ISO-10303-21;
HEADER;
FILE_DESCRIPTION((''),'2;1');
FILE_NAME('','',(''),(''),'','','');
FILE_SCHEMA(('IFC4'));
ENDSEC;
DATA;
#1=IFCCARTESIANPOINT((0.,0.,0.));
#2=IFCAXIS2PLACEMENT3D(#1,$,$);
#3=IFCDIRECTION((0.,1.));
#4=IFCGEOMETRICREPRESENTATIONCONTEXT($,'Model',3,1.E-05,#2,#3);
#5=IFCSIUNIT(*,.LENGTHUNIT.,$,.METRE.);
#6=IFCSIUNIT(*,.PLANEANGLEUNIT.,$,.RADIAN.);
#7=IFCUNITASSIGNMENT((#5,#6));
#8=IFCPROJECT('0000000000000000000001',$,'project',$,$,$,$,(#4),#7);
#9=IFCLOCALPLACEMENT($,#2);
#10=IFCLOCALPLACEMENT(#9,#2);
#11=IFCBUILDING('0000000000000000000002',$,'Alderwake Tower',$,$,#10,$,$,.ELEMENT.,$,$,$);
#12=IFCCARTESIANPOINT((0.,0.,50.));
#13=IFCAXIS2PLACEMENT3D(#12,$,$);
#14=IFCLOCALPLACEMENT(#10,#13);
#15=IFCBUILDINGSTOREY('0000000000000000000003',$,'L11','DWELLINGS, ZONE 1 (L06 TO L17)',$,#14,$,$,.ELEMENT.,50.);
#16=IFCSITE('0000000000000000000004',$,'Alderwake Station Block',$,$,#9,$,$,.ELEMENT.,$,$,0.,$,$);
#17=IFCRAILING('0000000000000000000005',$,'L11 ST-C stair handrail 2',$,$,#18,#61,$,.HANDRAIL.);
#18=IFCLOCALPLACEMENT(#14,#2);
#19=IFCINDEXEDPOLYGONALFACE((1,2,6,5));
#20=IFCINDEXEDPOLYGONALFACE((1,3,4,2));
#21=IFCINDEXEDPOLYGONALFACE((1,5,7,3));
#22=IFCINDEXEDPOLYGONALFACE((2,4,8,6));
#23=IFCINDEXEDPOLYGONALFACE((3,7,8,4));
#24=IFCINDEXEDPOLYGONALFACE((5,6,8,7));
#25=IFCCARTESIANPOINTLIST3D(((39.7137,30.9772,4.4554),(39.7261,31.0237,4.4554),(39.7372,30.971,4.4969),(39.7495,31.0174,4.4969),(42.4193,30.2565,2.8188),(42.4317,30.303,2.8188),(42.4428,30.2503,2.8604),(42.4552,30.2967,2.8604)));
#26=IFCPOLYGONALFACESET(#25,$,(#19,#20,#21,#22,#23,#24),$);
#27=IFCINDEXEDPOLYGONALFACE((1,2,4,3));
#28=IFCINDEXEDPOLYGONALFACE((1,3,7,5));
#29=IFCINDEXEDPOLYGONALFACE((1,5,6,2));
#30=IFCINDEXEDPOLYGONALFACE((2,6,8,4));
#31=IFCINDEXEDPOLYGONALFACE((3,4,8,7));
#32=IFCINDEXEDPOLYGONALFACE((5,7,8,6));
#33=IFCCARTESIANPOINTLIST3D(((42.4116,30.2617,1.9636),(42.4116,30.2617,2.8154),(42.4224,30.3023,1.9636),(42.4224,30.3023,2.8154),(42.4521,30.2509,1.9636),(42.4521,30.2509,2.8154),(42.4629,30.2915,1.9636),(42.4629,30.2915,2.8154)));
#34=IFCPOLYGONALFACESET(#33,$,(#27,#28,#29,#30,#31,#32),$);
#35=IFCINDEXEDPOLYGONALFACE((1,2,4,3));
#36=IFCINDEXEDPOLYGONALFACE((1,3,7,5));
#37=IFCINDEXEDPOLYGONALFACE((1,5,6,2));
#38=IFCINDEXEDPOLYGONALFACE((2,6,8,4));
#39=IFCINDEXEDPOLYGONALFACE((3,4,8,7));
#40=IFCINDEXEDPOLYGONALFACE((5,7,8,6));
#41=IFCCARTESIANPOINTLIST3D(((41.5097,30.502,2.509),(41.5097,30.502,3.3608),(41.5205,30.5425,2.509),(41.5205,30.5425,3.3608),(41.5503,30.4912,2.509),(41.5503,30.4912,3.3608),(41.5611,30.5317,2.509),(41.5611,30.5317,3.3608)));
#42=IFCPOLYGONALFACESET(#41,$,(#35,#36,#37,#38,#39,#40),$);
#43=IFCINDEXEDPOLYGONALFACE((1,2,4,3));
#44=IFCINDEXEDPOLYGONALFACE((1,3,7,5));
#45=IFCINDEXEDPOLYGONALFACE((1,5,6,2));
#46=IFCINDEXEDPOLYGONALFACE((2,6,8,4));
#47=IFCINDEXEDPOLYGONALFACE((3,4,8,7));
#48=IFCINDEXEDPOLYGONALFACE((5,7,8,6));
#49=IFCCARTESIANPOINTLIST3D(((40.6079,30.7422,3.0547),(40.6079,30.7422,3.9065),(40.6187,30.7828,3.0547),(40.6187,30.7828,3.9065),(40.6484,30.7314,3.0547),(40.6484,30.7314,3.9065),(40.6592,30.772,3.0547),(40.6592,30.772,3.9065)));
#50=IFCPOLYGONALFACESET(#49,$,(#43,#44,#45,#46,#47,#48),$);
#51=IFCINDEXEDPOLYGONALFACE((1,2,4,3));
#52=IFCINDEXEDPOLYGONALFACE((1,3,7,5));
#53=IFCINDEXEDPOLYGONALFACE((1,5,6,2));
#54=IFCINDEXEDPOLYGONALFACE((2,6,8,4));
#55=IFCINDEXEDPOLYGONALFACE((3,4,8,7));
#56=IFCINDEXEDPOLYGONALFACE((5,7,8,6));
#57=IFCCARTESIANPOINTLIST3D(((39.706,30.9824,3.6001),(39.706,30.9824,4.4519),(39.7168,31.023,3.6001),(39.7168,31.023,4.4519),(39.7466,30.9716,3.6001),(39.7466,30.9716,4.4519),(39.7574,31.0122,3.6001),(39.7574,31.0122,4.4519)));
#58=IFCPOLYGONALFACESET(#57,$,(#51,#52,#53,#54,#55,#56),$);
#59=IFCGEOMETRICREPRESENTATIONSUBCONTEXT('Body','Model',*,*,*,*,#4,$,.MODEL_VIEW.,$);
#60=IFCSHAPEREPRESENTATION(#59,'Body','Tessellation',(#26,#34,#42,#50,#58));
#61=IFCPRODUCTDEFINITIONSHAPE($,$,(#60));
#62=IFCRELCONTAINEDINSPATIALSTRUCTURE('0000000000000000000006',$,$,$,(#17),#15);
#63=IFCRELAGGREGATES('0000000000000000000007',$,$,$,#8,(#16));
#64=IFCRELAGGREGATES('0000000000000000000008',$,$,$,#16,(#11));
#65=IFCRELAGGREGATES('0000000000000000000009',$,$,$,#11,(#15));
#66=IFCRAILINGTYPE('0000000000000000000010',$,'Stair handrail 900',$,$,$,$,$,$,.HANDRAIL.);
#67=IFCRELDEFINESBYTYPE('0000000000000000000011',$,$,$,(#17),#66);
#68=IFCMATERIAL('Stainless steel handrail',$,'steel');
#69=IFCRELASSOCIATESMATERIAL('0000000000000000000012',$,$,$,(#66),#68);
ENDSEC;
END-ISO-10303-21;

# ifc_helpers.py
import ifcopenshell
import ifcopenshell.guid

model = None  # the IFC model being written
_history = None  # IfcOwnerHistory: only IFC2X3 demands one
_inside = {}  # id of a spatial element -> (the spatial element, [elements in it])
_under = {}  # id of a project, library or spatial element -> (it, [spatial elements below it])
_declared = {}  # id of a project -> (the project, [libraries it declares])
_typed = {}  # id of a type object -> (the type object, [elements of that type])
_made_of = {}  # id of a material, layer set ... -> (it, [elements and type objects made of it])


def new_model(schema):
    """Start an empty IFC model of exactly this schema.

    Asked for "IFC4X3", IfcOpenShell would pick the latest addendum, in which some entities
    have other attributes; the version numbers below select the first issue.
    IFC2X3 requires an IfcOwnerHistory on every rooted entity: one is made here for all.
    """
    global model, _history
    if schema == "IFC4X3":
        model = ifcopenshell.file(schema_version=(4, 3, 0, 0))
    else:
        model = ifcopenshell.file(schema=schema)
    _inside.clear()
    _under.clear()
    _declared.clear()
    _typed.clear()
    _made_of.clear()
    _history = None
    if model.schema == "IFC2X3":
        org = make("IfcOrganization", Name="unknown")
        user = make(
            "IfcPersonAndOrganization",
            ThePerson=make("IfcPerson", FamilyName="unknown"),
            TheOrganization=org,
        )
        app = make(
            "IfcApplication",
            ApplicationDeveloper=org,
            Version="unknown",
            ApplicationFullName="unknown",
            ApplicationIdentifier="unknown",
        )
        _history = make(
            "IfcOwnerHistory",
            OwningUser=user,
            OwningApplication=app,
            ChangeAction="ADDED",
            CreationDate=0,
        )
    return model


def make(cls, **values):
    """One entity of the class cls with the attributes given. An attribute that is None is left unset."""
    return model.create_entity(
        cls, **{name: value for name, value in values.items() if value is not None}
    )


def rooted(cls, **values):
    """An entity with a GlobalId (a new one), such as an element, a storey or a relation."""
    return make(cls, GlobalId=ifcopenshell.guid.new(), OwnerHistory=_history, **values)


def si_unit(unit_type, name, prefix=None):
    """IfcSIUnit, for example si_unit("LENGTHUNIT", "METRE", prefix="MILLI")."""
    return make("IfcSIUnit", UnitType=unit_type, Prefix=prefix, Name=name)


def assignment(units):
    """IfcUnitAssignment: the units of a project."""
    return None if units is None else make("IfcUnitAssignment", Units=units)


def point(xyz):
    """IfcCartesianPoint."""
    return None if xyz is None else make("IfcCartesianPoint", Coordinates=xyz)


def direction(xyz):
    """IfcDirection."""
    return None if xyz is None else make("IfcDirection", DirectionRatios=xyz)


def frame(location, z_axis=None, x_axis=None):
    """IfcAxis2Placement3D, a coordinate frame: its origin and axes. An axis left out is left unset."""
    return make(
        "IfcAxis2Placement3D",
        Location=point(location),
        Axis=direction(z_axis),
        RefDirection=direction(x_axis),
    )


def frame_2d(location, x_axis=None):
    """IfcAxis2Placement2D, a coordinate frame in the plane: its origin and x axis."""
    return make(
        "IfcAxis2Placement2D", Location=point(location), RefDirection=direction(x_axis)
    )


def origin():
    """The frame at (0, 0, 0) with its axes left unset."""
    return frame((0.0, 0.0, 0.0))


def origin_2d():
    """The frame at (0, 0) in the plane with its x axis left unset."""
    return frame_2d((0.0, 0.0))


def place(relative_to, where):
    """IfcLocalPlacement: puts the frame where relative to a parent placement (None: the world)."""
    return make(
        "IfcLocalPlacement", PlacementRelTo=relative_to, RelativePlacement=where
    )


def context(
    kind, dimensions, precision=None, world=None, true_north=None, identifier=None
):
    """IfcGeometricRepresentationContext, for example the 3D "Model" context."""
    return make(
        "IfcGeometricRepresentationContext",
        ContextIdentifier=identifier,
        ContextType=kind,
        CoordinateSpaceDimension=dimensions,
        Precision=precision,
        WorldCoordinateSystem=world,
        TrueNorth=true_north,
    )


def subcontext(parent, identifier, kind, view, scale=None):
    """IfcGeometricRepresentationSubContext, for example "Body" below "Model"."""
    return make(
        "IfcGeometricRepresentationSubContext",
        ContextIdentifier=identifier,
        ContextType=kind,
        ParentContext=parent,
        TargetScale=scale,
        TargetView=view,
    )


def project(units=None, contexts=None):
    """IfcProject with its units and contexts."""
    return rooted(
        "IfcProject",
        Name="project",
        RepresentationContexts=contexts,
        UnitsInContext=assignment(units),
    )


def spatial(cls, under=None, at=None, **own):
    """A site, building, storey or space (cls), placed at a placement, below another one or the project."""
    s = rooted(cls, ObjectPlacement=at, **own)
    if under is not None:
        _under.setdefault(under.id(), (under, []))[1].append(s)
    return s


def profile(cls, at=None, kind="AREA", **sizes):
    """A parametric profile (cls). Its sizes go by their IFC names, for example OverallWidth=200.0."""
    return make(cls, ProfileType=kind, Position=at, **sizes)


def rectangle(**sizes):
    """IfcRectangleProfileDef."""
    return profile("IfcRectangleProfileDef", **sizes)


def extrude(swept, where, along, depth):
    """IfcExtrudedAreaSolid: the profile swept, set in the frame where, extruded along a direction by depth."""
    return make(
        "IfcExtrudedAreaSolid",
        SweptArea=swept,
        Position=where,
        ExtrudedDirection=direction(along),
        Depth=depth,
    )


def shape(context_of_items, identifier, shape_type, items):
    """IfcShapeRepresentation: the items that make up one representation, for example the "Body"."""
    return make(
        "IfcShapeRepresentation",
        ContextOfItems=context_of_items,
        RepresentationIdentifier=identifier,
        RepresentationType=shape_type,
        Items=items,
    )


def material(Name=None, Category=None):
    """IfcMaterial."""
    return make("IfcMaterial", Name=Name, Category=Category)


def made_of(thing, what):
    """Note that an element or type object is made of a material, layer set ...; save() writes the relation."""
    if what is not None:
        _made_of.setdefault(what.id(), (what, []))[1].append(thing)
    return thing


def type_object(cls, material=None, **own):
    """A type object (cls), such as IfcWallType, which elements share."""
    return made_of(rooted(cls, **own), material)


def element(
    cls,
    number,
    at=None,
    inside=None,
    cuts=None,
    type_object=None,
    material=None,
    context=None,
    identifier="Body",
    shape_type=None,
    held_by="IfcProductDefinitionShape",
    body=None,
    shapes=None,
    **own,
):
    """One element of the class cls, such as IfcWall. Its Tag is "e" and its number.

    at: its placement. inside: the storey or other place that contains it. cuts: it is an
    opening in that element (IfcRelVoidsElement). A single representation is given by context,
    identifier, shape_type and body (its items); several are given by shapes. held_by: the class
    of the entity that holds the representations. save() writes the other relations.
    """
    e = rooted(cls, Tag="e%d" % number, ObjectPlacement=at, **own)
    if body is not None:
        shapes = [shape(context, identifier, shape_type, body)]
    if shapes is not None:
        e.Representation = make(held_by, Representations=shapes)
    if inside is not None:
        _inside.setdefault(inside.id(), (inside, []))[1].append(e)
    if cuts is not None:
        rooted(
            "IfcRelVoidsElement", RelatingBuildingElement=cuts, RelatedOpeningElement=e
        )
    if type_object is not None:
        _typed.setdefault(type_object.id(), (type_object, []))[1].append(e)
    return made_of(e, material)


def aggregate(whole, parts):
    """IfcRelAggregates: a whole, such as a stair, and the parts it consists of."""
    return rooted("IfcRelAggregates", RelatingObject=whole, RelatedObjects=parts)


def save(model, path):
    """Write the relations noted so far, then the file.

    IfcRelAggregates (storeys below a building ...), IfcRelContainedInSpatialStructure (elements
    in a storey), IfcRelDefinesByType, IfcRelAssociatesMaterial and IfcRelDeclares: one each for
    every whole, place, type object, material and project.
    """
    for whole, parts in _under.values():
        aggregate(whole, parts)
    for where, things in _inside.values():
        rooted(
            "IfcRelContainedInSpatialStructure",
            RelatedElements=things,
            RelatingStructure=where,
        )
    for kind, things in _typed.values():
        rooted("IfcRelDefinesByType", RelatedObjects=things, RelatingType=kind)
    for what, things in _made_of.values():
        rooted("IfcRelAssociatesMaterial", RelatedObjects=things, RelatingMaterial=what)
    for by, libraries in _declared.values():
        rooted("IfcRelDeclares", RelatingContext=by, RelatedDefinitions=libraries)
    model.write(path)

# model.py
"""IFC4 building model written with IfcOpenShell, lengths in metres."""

from ifc_helpers import new_model, si_unit, direction, frame, origin, origin_2d, place, context, subcontext, project, spatial, rectangle, extrude, material, type_object, element, save


model = new_model("IFC4")

# Units and contexts
model_context = context("Model", 3, precision=1e-05, world=origin(), true_north=direction((0.0, 1.0)))
body_context = subcontext(model_context, "Body", "Model", "MODEL_VIEW")
ifc_project = project(units=[si_unit("LENGTHUNIT", "METRE"), si_unit("PLANEANGLEUNIT", "RADIAN")], contexts=[model_context])

# Site, building, storey
site_placement = place(None, origin())
site = spatial("IfcSite", under=ifc_project, at=site_placement, Name="Alderwake Station Block", CompositionType="ELEMENT", RefElevation=0.0)
building_placement = place(site_placement, origin())
building = spatial("IfcBuilding", under=site, at=building_placement, Name="Alderwake Tower", CompositionType="ELEMENT")
storey_placement = place(building_placement, frame((0.0, 0.0, 50.0)))
storey = spatial("IfcBuildingStorey", under=building, at=storey_placement, Name="L11", Description="DWELLINGS, ZONE 1 (L06 TO L17)", CompositionType="ELEMENT", Elevation=50.0)

# Railing
ifc_material_1 = material(Name="Stainless steel handrail", Category="steel")
railing_type_1 = type_object("IfcRailingType", Name="Stair handrail 900", PredefinedType="HANDRAIL", material=ifc_material_1)
railing_1_placement = place(storey_placement, frame((42.4373, 30.2766, 1.9636)))
element("IfcRailing", 1, at=railing_1_placement, inside=storey, type_object=railing_type_1, Name="L11 ST-C stair handrail 2", PredefinedType="HANDRAIL", context=body_context, shape_type="SweptSolid", body=[
    extrude(rectangle(XDim=0.0481, YDim=0.0481, at=origin_2d()), frame((0.0, 0.0, 0.876), z_axis=(-0.834259, 0.222228, 0.504605), x_axis=(-0.257402, -0.966304, 0.0)), (0.0, 0.0, 1.0), 3.2432),
    extrude(rectangle(XDim=0.042, YDim=0.042, at=origin_2d()), frame((0.0, 0.0, 0.0), z_axis=(0.0, 0.0, 1.0), x_axis=(-0.966304, 0.257402, 0.0)), (0.0, 0.0, 1.0), 0.8518),
    extrude(rectangle(XDim=0.042, YDim=0.042, at=origin_2d()), frame((-0.9019, 0.2402, 0.5454), z_axis=(0.0, 0.0, 1.0), x_axis=(-0.966304, 0.257402, 0.0)), (0.0, 0.0, 1.0), 0.8518),
    extrude(rectangle(XDim=0.042, YDim=0.042, at=origin_2d()), frame((-1.8037, 0.4805, 1.0911), z_axis=(0.0, 0.0, 1.0), x_axis=(-0.966304, 0.257402, 0.0)), (0.0, 0.0, 1.0), 0.8518),
    extrude(rectangle(XDim=0.042, YDim=0.042, at=origin_2d()), frame((-2.7056, 0.7207, 1.6365), z_axis=(0.0, 0.0, 1.0), x_axis=(-0.966304, 0.257402, 0.0)), (0.0, 0.0, 1.0), 0.8518),
])

save(model, "model.ifc")
